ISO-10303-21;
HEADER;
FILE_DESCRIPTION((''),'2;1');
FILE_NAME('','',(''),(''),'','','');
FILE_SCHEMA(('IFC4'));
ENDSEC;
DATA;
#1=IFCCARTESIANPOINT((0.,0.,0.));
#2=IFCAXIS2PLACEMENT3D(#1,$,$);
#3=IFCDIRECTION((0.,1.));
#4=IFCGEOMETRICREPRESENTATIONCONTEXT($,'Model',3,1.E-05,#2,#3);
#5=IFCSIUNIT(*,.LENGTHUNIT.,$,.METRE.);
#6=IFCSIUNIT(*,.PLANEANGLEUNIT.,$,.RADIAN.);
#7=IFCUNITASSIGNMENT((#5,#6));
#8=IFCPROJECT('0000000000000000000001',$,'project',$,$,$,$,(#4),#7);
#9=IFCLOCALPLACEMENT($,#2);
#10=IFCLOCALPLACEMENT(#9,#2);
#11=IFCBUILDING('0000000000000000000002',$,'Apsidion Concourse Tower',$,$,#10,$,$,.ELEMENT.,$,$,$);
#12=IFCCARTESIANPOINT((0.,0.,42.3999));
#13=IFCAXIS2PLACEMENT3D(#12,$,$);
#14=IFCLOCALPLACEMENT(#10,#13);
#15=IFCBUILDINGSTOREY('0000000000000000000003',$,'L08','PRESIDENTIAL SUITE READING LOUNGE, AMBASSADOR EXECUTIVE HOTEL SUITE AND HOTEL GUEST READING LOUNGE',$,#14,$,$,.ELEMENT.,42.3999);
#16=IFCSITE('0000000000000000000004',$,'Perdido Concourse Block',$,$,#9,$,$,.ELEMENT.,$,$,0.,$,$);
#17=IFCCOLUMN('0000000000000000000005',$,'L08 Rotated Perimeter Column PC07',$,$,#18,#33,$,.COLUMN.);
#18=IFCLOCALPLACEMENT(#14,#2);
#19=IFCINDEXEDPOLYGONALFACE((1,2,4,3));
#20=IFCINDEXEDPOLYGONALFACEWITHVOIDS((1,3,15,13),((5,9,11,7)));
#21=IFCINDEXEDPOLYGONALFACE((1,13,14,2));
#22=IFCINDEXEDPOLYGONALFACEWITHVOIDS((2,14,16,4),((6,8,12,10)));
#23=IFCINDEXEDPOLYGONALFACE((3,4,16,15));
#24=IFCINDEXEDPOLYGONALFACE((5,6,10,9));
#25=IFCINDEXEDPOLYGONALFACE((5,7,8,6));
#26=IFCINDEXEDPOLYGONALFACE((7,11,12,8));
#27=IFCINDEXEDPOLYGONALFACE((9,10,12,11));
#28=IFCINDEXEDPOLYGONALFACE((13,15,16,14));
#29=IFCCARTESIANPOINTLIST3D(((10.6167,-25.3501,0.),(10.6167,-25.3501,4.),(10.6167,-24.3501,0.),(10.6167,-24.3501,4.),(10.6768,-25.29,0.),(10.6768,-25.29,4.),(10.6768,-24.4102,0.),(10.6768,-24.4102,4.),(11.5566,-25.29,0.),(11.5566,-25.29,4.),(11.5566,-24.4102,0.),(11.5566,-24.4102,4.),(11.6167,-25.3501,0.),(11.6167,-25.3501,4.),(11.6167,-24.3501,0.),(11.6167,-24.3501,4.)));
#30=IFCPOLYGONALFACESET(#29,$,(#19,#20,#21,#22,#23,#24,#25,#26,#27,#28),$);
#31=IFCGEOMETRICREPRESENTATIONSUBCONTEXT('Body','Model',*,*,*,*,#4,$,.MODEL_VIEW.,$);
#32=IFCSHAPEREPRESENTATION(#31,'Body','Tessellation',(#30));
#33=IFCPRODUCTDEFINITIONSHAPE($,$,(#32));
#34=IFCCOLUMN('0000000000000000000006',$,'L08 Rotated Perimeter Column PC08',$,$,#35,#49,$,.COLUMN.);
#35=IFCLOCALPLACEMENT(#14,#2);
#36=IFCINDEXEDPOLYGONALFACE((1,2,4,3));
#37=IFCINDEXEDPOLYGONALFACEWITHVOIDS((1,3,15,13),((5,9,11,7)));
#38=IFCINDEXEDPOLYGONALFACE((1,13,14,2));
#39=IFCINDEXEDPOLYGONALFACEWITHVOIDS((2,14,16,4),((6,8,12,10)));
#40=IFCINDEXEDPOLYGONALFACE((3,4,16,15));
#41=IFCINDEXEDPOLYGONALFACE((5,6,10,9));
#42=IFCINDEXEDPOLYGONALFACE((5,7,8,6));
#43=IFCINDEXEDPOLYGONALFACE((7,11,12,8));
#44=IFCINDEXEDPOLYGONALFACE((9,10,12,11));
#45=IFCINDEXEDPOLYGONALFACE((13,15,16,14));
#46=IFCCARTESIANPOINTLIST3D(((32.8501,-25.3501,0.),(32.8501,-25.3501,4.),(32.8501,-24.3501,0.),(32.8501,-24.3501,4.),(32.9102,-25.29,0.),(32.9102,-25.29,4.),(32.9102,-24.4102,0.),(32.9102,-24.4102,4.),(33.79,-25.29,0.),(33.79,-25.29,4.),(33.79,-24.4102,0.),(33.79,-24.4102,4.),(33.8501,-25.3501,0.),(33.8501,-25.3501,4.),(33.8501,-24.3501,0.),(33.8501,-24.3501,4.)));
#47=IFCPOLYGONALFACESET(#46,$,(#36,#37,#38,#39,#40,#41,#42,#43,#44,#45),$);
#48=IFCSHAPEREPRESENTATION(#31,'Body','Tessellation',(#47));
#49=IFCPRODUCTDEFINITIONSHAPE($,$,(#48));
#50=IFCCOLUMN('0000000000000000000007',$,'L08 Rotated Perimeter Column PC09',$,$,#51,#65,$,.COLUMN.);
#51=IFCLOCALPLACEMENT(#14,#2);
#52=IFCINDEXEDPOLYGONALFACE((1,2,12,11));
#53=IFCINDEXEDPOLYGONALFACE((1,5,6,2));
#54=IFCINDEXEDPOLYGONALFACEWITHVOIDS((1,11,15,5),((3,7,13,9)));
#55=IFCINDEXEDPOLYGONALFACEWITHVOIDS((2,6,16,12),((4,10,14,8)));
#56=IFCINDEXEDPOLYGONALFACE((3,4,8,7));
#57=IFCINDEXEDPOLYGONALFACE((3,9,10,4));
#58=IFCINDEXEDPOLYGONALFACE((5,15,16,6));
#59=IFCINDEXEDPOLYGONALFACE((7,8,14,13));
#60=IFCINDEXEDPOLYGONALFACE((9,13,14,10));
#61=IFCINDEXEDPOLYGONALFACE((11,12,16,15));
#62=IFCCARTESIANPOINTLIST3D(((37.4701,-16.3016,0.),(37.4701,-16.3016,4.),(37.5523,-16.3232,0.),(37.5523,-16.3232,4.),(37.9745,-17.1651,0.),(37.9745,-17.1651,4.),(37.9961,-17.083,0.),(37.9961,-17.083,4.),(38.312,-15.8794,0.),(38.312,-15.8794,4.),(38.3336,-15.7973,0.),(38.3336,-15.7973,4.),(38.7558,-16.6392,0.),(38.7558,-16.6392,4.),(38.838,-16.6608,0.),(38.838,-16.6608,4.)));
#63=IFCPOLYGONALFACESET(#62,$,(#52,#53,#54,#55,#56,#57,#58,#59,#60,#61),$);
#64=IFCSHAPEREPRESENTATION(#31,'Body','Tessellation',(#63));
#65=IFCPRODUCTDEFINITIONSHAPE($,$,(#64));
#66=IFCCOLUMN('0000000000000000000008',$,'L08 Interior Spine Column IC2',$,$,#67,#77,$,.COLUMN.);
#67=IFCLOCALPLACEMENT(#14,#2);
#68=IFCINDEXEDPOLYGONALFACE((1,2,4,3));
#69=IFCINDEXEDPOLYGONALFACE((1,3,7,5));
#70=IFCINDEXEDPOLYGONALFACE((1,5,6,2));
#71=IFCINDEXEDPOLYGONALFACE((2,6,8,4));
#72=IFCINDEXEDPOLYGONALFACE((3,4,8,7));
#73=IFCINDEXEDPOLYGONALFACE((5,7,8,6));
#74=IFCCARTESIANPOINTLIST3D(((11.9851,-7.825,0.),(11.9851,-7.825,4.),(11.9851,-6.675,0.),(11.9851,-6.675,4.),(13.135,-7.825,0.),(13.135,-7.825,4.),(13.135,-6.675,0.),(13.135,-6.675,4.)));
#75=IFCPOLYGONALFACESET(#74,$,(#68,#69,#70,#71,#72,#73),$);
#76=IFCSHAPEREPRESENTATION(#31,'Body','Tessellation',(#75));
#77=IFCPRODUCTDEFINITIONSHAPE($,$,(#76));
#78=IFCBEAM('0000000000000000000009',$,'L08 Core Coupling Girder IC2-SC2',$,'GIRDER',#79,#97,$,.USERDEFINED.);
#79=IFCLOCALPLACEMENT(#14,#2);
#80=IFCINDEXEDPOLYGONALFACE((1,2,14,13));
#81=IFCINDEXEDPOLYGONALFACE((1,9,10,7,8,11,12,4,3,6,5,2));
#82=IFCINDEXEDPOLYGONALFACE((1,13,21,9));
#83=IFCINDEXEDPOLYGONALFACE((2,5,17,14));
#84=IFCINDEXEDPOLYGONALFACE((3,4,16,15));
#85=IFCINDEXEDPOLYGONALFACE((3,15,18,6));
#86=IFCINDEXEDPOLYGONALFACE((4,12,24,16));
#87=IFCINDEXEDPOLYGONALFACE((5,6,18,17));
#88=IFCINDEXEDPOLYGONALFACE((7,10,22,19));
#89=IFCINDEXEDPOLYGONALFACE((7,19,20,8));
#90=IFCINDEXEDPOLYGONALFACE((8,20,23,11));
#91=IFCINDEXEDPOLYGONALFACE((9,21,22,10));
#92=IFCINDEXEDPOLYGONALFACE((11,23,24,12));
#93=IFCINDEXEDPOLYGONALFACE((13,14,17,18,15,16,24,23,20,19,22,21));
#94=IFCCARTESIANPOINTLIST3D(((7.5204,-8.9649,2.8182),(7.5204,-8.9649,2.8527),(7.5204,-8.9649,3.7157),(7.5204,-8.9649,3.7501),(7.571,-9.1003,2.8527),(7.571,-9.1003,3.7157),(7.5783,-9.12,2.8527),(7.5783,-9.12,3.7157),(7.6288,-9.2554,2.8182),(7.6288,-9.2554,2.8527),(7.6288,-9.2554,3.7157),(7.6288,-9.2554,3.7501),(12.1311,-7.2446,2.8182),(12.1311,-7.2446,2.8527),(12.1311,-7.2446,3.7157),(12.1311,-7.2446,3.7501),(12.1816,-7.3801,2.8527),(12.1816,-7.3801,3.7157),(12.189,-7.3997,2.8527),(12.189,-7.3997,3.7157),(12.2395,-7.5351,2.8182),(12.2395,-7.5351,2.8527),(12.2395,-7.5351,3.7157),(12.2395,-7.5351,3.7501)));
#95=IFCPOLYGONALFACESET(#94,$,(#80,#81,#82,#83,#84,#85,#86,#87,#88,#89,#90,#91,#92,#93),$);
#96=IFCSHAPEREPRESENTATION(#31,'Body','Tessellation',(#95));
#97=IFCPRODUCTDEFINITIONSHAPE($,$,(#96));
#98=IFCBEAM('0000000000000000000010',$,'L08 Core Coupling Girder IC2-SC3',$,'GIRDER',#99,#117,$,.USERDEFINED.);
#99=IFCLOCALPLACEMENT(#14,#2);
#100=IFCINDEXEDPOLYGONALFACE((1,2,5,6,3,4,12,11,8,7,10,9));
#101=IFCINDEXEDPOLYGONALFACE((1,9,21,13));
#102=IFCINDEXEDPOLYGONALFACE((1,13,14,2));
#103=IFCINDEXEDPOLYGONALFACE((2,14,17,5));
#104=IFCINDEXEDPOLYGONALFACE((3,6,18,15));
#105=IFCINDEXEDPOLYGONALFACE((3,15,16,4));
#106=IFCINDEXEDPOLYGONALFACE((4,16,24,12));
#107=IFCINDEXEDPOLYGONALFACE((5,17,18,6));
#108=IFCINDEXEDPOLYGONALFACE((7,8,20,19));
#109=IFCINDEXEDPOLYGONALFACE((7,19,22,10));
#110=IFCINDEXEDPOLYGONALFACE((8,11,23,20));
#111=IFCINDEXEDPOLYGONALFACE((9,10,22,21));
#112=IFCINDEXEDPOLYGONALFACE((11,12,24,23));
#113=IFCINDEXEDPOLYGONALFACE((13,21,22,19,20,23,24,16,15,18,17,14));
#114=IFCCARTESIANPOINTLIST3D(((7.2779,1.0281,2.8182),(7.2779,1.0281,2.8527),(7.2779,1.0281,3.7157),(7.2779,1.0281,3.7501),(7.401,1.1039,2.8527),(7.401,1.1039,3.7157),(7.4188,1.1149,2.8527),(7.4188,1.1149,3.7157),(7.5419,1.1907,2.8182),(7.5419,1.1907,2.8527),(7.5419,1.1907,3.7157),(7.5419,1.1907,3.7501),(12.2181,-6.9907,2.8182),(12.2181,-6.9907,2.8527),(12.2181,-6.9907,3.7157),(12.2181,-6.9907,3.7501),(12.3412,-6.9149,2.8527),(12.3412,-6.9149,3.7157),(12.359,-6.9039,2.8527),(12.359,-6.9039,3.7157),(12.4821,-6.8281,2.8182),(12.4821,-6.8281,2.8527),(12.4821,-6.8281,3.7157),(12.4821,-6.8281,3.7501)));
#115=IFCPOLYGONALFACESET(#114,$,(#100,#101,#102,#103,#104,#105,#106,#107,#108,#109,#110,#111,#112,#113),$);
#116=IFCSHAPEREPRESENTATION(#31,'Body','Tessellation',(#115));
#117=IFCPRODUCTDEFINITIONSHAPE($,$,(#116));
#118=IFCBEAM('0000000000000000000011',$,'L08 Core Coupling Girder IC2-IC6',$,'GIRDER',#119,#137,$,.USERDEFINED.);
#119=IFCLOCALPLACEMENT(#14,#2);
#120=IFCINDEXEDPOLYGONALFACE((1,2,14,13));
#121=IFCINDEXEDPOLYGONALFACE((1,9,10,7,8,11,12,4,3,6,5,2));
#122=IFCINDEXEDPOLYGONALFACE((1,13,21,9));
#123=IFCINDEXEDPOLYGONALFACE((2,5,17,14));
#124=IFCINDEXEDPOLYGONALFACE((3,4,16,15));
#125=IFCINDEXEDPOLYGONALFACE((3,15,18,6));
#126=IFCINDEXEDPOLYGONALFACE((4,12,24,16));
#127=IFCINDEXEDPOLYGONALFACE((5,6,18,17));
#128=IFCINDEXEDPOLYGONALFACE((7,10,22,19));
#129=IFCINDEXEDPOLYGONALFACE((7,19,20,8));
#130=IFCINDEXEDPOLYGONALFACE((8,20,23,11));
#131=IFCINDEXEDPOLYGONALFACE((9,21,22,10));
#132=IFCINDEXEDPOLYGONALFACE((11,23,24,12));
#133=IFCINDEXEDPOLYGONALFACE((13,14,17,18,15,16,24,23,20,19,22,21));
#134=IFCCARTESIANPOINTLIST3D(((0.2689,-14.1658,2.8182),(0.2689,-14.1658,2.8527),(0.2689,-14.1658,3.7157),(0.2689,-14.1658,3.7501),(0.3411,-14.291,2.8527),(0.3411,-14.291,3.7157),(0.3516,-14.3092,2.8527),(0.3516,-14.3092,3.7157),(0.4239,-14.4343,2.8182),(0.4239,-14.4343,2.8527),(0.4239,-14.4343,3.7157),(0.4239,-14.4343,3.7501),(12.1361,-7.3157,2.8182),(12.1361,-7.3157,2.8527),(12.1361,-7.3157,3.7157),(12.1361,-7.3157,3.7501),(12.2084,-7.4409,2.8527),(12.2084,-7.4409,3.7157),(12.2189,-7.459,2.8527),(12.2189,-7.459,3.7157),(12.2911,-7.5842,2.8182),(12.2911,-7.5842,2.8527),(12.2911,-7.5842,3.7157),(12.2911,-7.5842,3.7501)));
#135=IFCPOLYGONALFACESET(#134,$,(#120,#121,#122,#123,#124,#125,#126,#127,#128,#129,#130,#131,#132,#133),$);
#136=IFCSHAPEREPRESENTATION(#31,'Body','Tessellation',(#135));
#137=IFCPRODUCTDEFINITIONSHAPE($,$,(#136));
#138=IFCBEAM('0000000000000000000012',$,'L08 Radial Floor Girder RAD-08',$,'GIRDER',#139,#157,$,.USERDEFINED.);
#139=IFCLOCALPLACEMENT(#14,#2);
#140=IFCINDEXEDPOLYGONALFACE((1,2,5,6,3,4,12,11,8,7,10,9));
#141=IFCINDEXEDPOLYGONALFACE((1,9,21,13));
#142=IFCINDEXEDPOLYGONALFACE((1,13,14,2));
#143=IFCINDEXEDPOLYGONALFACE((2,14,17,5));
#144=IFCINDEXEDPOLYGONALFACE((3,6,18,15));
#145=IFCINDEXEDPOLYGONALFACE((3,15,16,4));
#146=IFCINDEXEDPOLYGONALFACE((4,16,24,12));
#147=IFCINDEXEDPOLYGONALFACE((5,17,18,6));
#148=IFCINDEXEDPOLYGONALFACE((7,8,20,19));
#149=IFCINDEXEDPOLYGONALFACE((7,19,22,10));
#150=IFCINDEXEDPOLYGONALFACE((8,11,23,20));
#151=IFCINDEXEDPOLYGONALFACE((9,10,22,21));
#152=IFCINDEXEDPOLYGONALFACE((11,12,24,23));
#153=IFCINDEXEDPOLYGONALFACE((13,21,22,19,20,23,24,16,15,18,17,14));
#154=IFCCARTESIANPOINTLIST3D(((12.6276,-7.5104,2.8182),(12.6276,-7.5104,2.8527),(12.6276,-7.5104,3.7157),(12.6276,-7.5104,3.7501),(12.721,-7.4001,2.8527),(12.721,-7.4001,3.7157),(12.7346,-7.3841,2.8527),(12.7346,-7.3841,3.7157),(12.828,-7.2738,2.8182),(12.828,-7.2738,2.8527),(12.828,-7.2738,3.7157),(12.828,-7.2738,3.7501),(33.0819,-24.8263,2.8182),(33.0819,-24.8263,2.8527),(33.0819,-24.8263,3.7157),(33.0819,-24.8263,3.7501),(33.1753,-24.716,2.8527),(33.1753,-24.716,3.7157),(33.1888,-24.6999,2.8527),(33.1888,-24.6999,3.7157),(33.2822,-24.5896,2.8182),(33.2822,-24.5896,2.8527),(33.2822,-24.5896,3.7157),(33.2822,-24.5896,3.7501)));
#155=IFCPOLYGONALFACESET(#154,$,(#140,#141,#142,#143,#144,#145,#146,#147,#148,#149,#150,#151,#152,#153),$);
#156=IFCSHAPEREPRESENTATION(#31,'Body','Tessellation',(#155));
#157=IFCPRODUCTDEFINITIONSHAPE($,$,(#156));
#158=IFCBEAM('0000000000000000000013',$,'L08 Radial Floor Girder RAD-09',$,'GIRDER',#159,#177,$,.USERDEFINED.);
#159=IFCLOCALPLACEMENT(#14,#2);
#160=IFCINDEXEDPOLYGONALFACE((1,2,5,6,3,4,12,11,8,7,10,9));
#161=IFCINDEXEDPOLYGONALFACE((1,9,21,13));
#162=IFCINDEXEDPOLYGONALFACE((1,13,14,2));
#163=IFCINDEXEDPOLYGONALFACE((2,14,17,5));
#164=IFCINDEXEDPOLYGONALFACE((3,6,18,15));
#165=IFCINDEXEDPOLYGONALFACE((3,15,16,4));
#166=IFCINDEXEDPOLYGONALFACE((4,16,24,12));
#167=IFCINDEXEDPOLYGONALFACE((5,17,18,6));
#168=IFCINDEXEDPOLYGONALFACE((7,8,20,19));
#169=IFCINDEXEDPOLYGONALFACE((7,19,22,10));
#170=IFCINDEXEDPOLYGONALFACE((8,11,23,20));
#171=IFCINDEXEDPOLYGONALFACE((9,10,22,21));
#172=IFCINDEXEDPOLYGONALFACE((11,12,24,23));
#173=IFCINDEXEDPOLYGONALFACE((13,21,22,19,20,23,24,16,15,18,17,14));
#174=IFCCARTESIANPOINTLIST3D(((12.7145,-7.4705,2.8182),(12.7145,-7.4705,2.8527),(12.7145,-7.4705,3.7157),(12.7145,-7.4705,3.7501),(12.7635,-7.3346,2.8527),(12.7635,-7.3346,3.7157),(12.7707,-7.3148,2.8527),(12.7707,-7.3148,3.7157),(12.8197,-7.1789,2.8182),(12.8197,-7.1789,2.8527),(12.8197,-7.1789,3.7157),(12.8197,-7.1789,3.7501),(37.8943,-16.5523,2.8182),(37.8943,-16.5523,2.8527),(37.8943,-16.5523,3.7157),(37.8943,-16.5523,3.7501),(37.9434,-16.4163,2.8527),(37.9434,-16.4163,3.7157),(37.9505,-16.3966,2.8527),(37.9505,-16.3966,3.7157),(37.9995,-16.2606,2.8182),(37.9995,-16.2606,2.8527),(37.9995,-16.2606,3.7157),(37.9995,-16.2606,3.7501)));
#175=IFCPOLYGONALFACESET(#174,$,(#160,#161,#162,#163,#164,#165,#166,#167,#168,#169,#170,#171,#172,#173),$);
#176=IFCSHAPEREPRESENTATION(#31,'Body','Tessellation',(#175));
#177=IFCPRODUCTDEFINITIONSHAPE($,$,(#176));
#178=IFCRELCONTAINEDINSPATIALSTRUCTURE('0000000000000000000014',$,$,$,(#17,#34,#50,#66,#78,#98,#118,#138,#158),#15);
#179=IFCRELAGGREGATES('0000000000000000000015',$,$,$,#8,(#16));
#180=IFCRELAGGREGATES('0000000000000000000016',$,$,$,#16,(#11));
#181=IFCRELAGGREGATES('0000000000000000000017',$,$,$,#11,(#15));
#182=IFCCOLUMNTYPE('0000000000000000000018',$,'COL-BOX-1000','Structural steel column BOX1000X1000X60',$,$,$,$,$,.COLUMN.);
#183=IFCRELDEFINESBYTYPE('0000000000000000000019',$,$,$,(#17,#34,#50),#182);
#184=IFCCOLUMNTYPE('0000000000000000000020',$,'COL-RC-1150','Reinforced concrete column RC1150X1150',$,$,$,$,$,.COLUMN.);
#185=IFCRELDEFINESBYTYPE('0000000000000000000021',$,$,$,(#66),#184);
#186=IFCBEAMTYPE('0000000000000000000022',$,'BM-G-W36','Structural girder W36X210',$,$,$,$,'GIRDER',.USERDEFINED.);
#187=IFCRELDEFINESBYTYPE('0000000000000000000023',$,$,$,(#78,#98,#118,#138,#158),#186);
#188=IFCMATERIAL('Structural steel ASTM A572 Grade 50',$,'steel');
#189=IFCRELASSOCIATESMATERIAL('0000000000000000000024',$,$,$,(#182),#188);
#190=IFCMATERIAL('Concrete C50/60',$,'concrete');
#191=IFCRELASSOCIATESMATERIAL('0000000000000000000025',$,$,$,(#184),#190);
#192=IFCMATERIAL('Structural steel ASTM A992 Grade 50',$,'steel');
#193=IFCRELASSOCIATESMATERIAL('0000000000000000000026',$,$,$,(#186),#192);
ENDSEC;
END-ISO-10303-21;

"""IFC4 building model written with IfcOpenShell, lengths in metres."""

from ifc_helpers import new_model, si_unit, direction, frame, origin, origin_2d, place, context, subcontext, project, spatial, rectangle, hollow_rectangle, i_section, extrude, material, material_profile, profile_set, type_object, element, save


model = new_model("IFC4")

# Units and contexts
model_context = context("Model", 3, precision=1e-05, world=origin(), true_north=direction((0.0, 1.0)))
body_context = subcontext(model_context, "Body", "Model", "MODEL_VIEW")
ifc_project = project(units=[si_unit("LENGTHUNIT", "METRE"), si_unit("PLANEANGLEUNIT", "RADIAN")], contexts=[model_context])

# Site, building, storey
site_placement = place(None, origin())
site = spatial("IfcSite", under=ifc_project, at=site_placement, Name="Perdido Concourse Block", CompositionType="ELEMENT", RefElevation=0.0)
building_placement = place(site_placement, origin())
building = spatial("IfcBuilding", under=site, at=building_placement, Name="Apsidion Concourse Tower", CompositionType="ELEMENT")
storey_placement = place(building_placement, frame((0.0, 0.0, 42.3999)))
storey = spatial("IfcBuildingStorey", under=building, at=storey_placement, Name="L08", Description="PRESIDENTIAL SUITE READING LOUNGE, AMBASSADOR EXECUTIVE HOTEL SUITE AND HOTEL GUEST READING LOUNGE", CompositionType="ELEMENT", Elevation=42.3999)

# Columns
ifc_material_1 = material(Name="Structural steel ASTM A572 Grade 50", Category="steel")
ifc_material_profile_1 = material_profile(ifc_material_1, hollow_rectangle(XDim=1.0, YDim=1.0, WallThickness=0.0601, at=origin_2d()), Name="BOX1000X1000X60")
ifc_profile_set_1 = profile_set([ifc_material_profile_1], Name="Structural steel ASTM A572 Grade 50")
column_type_1 = type_object("IfcColumnType", Name="COL-BOX-1000", Description="Structural steel column BOX1000X1000X60", PredefinedType="COLUMN", material=ifc_profile_set_1)
for number, where, z_axis, x_axis, name in (
    (1, (11.1167, -24.8501, 0.0), (0.0, 0.0, 1.0), (1.0, 0.0, 0.0), "L08 Rotated Perimeter Column PC07"),
    (2, (33.3501, -24.8501, 0.0), (0.0, 0.0, 1.0), (1.0, 0.0, 0.0), "L08 Rotated Perimeter Column PC08"),
    (3, (38.1541, -16.4812, 0.0), (0.0, 0.0, 1.0), (-0.504377, 0.863484, 0.0), "L08 Rotated Perimeter Column PC09"),
):
    element("IfcColumn", number, at=place(storey_placement, frame(where, z_axis=z_axis, x_axis=x_axis)), inside=storey, type_object=column_type_1, Name=name, PredefinedType="COLUMN", context=body_context, shape_type="SweptSolid", body=[
        extrude(hollow_rectangle(XDim=1.0, YDim=1.0, WallThickness=0.0601, at=origin_2d()), origin(), (0.0, 0.0, 1.0), 4.0),
    ])
ifc_material_2 = material(Name="Concrete C50/60", Category="concrete")
ifc_material_profile_2 = material_profile(ifc_material_2, rectangle(XDim=1.1499, YDim=1.1499, at=origin_2d()), Name="RC 1150x1150")
ifc_profile_set_2 = profile_set([ifc_material_profile_2], Name="Concrete C50/60")
column_type_2 = type_object("IfcColumnType", Name="COL-RC-1150", Description="Reinforced concrete column RC1150X1150", PredefinedType="COLUMN", material=ifc_profile_set_2)
column_placement = place(storey_placement, frame((12.5601, -7.25, 0.0), z_axis=(0.0, 0.0, 1.0), x_axis=(1.0, 0.0, 0.0)))
element("IfcColumn", 4, at=column_placement, inside=storey, type_object=column_type_2, Name="L08 Interior Spine Column IC2", PredefinedType="COLUMN", context=body_context, shape_type="SweptSolid", body=[
    extrude(rectangle(XDim=1.1499, YDim=1.1499, at=origin_2d()), origin(), (0.0, 0.0, 1.0), 4.0),
])

# Beams
ifc_material_3 = material(Name="Structural steel ASTM A992 Grade 50", Category="steel")
ifc_material_profile_3 = material_profile(ifc_material_3, i_section(OverallWidth=0.3101, OverallDepth=0.9319, WebThickness=0.021, FlangeThickness=0.0344, at=origin_2d()), Name="W36X210")
ifc_profile_set_3 = profile_set([ifc_material_profile_3], Name="Structural steel ASTM A992 Grade 50")
beam_type_1 = type_object("IfcBeamType", Name="BM-G-W36", Description="Structural girder W36X210", ElementType="GIRDER", PredefinedType="USERDEFINED", material=ifc_profile_set_3)
beam_1_placement = place(storey_placement, frame((12.1853, -7.3899, 3.2842), z_axis=(-0.936913, -0.349563, 0.0), x_axis=(0.349563, -0.936913, 0.0)))
element("IfcBeam", 5, at=beam_1_placement, inside=storey, type_object=beam_type_1, Name="L08 Core Coupling Girder IC2-SC2", ObjectType="GIRDER", PredefinedType="USERDEFINED", context=body_context, shape_type="SweptSolid", body=[
    extrude(i_section(OverallWidth=0.3101, OverallDepth=0.9319, WebThickness=0.021, FlangeThickness=0.0344, at=origin_2d()), origin(), (0.0, 0.0, 1.0), 4.9211),
])
beam_2_placement = place(storey_placement, frame((12.3501, -6.9094, 3.2842), z_axis=(-0.524524, 0.851396, 0.0), x_axis=(-0.851396, -0.524524, 0.0)))
element("IfcBeam", 6, at=beam_2_placement, inside=storey, type_object=beam_type_1, Name="L08 Core Coupling Girder IC2-SC3", ObjectType="GIRDER", PredefinedType="USERDEFINED", context=body_context, shape_type="SweptSolid", body=[
    extrude(i_section(OverallWidth=0.3101, OverallDepth=0.9319, WebThickness=0.021, FlangeThickness=0.0344, at=origin_2d()), origin(), (0.0, 0.0, 1.0), 9.4185),
])
beam_3_placement = place(storey_placement, frame((12.2136, -7.45, 3.2842), z_axis=(-0.86607, -0.499922, 0.0), x_axis=(0.499922, -0.86607, 0.0)))
element("IfcBeam", 7, at=beam_3_placement, inside=storey, type_object=beam_type_1, Name="L08 Core Coupling Girder IC2-IC6", ObjectType="GIRDER", PredefinedType="USERDEFINED", context=body_context, shape_type="SweptSolid", body=[
    extrude(i_section(OverallWidth=0.3101, OverallDepth=0.9319, WebThickness=0.021, FlangeThickness=0.0344, at=origin_2d()), origin(), (0.0, 0.0, 1.0), 13.7024),
])
beam_4_placement = place(storey_placement, frame((12.7278, -7.3921, 3.2842), z_axis=(0.763232, -0.646125, 0.0), x_axis=(0.646125, 0.763232, 0.0)))
element("IfcBeam", 8, at=beam_4_placement, inside=storey, type_object=beam_type_1, Name="L08 Radial Floor Girder RAD-08", ObjectType="GIRDER", PredefinedType="USERDEFINED", context=body_context, shape_type="SweptSolid", body=[
    extrude(i_section(OverallWidth=0.3101, OverallDepth=0.9319, WebThickness=0.021, FlangeThickness=0.0344, at=origin_2d()), origin(), (0.0, 0.0, 1.0), 26.7996),
])
beam_5_placement = place(storey_placement, frame((12.7671, -7.3247, 3.2842), z_axis=(0.940685, -0.339282, 0.0), x_axis=(0.339282, 0.940685, 0.0)))
element("IfcBeam", 9, at=beam_5_placement, inside=storey, type_object=beam_type_1, Name="L08 Radial Floor Girder RAD-09", ObjectType="GIRDER", PredefinedType="USERDEFINED", context=body_context, shape_type="SweptSolid", body=[
    extrude(i_section(OverallWidth=0.3101, OverallDepth=0.9319, WebThickness=0.021, FlangeThickness=0.0344, at=origin_2d()), origin(), (0.0, 0.0, 1.0), 26.7676),
])

save(model, "model.ifc")
